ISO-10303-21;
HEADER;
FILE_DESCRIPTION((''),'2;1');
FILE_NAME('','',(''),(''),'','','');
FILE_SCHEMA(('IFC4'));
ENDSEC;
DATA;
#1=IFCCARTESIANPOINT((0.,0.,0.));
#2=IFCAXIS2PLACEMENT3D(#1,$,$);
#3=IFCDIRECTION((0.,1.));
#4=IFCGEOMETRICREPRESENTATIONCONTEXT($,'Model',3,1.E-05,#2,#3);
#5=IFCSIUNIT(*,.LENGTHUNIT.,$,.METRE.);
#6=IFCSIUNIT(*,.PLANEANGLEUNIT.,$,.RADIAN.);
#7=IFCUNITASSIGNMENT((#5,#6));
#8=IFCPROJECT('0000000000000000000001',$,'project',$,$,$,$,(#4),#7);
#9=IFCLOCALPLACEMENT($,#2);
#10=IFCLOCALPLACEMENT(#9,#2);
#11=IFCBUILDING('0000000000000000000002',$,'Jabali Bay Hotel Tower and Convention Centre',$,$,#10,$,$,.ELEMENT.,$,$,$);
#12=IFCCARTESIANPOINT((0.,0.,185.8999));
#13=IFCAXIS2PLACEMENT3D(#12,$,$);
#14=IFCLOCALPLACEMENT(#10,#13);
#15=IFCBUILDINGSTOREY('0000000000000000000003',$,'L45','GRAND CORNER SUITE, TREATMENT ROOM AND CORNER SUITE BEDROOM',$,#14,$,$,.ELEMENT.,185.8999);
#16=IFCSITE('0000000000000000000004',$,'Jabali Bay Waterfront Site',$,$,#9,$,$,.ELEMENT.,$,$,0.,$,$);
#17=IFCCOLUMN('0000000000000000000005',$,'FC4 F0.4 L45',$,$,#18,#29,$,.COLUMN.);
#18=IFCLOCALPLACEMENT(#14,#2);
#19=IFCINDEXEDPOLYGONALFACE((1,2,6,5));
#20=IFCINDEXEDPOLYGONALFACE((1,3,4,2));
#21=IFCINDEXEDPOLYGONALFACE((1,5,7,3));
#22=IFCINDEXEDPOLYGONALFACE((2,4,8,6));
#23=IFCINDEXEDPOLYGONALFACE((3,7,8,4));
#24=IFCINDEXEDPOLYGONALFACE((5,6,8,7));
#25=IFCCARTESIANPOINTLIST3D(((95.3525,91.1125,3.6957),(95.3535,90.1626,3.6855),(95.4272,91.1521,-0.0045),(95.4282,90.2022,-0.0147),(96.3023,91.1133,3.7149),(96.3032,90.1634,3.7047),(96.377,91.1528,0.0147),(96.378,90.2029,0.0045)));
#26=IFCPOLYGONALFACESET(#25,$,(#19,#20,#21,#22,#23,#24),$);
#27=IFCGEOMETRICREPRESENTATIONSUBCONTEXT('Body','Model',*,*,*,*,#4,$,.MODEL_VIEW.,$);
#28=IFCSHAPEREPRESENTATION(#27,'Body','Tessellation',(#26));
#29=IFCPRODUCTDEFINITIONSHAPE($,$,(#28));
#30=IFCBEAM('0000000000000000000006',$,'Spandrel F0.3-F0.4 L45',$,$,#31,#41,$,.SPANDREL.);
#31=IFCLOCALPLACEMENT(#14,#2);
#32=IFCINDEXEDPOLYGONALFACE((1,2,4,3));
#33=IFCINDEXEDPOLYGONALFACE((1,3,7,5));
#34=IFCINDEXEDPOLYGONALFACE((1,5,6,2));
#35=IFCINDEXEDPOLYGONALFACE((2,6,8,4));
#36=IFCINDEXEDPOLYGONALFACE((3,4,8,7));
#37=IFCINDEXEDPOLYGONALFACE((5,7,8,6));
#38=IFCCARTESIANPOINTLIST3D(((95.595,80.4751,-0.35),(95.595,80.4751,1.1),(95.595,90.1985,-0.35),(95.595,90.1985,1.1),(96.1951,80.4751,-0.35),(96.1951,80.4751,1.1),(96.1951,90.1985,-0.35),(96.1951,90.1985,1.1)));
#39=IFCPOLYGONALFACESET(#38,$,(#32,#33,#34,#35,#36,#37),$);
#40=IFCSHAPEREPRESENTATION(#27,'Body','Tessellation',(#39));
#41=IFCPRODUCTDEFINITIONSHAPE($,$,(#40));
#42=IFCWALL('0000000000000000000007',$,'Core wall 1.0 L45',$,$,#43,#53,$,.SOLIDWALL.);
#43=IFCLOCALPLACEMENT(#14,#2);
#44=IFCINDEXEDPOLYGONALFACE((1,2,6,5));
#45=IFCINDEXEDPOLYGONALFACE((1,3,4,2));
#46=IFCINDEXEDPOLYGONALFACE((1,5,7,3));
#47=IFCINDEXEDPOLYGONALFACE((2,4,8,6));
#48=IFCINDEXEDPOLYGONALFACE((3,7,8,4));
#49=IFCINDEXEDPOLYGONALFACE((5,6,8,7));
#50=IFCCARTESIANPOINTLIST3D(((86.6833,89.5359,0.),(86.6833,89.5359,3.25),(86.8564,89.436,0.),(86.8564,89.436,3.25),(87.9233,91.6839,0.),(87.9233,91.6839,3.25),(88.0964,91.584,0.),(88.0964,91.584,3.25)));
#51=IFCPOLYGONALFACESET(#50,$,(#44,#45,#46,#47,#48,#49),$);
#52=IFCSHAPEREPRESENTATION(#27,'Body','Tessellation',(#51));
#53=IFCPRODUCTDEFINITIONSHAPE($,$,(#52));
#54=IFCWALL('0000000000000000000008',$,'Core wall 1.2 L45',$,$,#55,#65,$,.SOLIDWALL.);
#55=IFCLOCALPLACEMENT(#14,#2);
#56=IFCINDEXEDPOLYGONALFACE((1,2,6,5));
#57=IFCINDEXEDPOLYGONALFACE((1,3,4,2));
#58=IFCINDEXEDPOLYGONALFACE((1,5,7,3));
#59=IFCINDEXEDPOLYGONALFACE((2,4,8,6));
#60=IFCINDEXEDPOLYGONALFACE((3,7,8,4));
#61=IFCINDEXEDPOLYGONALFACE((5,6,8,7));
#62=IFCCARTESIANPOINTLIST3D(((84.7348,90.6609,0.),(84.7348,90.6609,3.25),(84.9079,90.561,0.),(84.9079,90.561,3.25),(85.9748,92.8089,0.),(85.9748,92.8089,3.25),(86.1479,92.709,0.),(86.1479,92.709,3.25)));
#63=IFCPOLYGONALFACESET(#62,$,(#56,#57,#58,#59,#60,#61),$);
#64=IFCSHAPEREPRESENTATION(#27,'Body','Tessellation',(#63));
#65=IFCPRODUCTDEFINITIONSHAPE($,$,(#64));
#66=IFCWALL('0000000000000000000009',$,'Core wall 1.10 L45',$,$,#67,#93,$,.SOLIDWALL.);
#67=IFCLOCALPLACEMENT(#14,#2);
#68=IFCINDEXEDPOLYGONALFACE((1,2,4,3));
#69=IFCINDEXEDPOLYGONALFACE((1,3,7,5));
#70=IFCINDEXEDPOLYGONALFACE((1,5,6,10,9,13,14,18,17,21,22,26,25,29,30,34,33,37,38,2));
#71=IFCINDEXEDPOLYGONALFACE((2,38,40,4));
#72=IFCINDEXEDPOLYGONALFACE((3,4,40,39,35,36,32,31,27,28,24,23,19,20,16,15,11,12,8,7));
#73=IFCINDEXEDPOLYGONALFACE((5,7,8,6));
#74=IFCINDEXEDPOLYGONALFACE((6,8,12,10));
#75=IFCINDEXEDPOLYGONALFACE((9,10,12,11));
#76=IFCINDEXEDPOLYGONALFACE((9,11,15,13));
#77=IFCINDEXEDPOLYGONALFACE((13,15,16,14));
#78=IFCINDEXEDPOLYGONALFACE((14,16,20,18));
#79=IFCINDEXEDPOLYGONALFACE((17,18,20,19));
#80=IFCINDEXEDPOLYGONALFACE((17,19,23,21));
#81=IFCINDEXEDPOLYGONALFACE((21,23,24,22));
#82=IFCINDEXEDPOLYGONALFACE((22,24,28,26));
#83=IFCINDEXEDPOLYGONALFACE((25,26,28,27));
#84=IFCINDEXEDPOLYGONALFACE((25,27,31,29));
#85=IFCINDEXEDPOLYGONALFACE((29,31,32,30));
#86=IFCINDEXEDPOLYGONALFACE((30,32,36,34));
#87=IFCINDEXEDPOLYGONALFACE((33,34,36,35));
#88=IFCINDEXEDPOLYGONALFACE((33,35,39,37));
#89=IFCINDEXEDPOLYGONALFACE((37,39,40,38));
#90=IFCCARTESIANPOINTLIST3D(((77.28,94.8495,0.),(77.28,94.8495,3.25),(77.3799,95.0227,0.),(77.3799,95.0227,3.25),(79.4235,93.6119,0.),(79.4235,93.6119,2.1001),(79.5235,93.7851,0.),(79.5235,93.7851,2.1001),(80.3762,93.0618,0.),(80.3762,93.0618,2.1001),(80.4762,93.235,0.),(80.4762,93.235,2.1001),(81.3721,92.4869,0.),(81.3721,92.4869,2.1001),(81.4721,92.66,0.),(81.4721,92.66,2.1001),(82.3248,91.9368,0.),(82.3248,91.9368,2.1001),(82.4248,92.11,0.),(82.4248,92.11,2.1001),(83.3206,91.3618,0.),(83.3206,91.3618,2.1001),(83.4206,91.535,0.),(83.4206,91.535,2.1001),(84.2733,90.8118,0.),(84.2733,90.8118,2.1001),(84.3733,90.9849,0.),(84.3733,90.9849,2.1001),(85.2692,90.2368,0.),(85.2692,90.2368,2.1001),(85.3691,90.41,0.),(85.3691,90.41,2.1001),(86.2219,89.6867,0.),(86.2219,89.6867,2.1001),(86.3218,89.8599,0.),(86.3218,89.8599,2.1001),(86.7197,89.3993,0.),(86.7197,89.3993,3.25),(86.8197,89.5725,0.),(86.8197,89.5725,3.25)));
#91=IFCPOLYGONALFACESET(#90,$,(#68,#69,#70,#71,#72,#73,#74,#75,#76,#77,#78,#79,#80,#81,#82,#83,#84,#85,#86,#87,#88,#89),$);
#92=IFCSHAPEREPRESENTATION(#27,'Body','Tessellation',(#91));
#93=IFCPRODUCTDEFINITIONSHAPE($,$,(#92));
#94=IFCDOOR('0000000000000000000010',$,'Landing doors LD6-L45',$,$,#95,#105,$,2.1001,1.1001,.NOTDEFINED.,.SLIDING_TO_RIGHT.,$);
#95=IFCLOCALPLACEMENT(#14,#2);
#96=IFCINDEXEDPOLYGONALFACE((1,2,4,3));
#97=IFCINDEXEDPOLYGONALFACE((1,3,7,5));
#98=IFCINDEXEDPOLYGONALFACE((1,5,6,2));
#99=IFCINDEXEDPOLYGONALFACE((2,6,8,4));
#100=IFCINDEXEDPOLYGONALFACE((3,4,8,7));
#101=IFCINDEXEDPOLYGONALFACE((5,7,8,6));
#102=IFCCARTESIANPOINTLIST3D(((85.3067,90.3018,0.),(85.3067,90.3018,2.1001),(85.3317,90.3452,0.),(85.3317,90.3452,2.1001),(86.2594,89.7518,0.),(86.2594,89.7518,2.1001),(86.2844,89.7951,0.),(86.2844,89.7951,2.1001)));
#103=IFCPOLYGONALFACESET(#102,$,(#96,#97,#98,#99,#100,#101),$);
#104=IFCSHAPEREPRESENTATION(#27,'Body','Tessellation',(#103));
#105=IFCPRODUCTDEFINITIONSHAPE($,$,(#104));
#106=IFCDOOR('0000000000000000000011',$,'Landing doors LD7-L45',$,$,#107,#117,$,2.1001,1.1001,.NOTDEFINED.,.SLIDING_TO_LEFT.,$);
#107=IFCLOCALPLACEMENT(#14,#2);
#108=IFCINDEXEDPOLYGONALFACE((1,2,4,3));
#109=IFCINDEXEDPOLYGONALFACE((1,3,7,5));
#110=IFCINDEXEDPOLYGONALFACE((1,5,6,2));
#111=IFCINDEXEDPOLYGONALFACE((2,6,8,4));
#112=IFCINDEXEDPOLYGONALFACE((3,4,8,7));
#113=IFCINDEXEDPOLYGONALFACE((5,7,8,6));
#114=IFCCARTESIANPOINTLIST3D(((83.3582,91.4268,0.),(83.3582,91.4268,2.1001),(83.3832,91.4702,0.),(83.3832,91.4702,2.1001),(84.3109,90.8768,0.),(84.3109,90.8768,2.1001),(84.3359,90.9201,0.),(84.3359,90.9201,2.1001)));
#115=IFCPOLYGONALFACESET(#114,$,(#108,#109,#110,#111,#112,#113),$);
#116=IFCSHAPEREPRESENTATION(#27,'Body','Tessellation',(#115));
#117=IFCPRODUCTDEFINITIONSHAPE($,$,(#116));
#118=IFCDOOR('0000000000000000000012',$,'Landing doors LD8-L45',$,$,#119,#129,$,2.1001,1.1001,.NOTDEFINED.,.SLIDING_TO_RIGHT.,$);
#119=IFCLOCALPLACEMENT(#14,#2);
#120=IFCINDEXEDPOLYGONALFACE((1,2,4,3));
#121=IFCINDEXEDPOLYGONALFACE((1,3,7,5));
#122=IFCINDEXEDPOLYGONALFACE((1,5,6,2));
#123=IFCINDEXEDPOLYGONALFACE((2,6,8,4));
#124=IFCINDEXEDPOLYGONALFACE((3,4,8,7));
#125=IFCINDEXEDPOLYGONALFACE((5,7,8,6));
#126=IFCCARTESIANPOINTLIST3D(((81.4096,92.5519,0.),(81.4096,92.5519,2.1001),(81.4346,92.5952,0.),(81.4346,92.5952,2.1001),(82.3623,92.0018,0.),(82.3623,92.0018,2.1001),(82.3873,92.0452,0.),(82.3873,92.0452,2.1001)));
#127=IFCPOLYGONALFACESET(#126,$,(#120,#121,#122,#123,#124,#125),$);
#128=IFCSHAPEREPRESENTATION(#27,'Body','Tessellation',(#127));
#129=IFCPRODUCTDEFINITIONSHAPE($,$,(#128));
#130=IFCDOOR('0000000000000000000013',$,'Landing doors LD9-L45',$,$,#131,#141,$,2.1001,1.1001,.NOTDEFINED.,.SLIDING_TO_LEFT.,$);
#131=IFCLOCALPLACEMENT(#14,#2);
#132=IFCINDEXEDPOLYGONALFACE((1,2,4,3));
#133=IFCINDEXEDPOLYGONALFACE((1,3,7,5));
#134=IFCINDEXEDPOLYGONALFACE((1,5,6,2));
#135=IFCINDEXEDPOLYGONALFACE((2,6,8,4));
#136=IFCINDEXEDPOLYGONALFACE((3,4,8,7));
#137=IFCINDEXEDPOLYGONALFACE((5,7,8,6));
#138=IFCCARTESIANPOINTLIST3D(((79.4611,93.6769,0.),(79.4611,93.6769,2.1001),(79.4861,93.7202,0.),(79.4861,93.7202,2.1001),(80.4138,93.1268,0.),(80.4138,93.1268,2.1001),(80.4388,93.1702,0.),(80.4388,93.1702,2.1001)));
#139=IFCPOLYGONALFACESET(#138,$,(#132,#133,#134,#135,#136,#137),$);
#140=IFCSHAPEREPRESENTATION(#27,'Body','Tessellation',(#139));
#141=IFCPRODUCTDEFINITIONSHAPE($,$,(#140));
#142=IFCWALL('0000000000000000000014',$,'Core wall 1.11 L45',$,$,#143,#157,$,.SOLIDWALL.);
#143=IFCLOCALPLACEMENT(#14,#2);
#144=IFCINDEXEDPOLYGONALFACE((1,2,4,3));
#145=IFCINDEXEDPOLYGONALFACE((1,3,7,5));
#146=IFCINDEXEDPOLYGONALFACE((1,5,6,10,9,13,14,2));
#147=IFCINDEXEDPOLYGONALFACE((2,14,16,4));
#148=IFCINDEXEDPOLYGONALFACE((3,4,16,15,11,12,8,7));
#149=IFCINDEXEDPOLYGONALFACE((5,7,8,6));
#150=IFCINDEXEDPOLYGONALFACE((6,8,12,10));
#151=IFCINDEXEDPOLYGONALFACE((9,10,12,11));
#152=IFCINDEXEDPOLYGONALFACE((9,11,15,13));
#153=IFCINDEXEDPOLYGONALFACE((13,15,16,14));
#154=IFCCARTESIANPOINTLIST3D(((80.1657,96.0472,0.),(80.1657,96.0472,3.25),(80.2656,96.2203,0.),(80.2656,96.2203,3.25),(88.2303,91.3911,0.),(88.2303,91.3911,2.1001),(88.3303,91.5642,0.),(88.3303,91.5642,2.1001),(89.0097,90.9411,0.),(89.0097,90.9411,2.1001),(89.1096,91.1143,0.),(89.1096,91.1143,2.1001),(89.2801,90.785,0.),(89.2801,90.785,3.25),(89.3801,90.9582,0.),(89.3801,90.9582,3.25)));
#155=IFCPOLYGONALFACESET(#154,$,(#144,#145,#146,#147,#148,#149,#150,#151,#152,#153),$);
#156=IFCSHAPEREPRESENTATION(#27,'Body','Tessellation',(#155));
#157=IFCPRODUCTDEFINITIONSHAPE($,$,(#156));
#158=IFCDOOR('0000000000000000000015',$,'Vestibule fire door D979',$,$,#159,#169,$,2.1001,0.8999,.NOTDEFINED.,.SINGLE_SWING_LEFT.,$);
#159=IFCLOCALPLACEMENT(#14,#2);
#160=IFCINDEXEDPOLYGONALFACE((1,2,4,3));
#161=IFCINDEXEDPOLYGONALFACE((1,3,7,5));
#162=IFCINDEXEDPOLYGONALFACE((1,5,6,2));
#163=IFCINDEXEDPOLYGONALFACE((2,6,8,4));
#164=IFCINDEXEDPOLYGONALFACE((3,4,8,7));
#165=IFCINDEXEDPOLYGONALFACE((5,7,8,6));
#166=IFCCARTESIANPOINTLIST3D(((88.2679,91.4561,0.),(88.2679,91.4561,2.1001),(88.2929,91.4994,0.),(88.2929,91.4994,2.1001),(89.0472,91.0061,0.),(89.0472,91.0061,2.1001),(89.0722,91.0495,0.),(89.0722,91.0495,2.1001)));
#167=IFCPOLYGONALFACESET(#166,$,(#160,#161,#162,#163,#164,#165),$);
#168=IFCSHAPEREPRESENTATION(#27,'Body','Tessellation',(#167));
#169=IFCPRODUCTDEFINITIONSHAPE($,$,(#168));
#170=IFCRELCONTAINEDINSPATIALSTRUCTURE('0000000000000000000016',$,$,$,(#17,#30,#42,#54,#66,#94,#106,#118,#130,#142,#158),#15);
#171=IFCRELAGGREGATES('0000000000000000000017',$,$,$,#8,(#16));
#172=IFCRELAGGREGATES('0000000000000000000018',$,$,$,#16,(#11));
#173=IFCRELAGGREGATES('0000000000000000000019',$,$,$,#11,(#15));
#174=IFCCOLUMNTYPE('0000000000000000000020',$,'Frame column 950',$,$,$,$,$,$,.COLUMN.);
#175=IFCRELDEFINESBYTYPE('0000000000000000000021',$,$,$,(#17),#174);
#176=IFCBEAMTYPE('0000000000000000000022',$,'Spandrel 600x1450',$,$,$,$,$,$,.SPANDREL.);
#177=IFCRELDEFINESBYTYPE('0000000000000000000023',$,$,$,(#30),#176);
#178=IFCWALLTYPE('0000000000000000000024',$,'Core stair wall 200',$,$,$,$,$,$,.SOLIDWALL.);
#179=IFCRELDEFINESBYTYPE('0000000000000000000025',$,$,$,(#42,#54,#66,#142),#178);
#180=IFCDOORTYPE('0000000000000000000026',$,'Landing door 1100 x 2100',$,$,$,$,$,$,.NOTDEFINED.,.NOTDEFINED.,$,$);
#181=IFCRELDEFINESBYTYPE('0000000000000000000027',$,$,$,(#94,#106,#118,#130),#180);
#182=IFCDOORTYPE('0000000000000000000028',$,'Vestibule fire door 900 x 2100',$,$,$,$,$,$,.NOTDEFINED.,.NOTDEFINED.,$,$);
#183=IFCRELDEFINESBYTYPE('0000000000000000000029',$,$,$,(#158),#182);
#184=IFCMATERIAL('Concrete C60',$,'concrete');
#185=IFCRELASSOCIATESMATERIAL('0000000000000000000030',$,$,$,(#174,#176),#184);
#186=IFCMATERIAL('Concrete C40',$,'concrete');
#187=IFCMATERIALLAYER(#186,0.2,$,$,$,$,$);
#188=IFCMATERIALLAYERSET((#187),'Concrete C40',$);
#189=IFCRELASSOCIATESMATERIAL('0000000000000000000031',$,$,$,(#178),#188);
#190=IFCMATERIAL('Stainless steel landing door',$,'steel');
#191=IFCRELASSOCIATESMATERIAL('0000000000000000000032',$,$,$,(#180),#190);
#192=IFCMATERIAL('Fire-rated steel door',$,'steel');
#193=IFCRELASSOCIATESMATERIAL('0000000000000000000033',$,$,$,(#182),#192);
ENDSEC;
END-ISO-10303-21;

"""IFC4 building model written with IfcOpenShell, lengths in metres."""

from ifc_helpers import new_model, si_unit, direction, frame, frame_2d, origin, origin_2d, place, context, subcontext, project, spatial, rectangle, extrude, material, layer, layer_set, material_profile, profile_set, type_object, element, fill, save


model = new_model("IFC4")

# Units and contexts
model_context = context("Model", 3, precision=1e-05, world=origin(), true_north=direction((0.0, 1.0)))
body_context = subcontext(model_context, "Body", "Model", "MODEL_VIEW")
ifc_project = project(units=[si_unit("LENGTHUNIT", "METRE"), si_unit("PLANEANGLEUNIT", "RADIAN")], contexts=[model_context])

# Site, building, storey
site_placement = place(None, origin())
site = spatial("IfcSite", under=ifc_project, at=site_placement, Name="Jabali Bay Waterfront Site", CompositionType="ELEMENT", RefElevation=0.0)
building_placement = place(site_placement, origin())
building = spatial("IfcBuilding", under=site, at=building_placement, Name="Jabali Bay Hotel Tower and Convention Centre", CompositionType="ELEMENT")
storey_placement = place(building_placement, frame((0.0, 0.0, 185.8999)))
storey = spatial("IfcBuildingStorey", under=building, at=storey_placement, Name="L45", Description="GRAND CORNER SUITE, TREATMENT ROOM AND CORNER SUITE BEDROOM", CompositionType="ELEMENT", Elevation=185.8999)

# Column
ifc_material_1 = material(Name="Concrete C60", Category="concrete")
ifc_material_profile_1 = material_profile(ifc_material_1, rectangle(XDim=0.95, YDim=0.95, at=origin_2d()), Name="Frame column 950")
ifc_profile_set_1 = profile_set([ifc_material_profile_1], Name="Concrete C60")
column_type = type_object("IfcColumnType", Name="Frame column 950", PredefinedType="COLUMN", material=ifc_profile_set_1)
column_placement = place(storey_placement, frame((95.9026, 90.6775, 0.0), z_axis=(-0.020185, -0.010686, 0.999739), x_axis=(0.999796, 0.000808, 0.020195)))
element("IfcColumn", 1, at=column_placement, inside=storey, type_object=column_type, Name="FC4 F0.4 L45", PredefinedType="COLUMN", context=body_context, shape_type="SweptSolid", body=[
    extrude(rectangle(XDim=0.95, YDim=0.95, at=origin_2d()), origin(), (0.0, 0.0, 1.0), 3.7012),
])

# Beam
ifc_material_profile_2 = material_profile(ifc_material_1, rectangle(XDim=0.6001, YDim=1.45, at=origin_2d()), Name="Spandrel 600x1450")
ifc_profile_set_2 = profile_set([ifc_material_profile_2], Name="Concrete C60")
beam_type = type_object("IfcBeamType", Name="Spandrel 600x1450", PredefinedType="SPANDREL", material=ifc_profile_set_2)
beam_placement = place(storey_placement, frame((95.895, 80.4751, 0.375), z_axis=(0.0, 1.0, 0.0), x_axis=(-1.0, 0.0, 0.0)))
element("IfcBeam", 2, at=beam_placement, inside=storey, type_object=beam_type, Name="Spandrel F0.3-F0.4 L45", PredefinedType="SPANDREL", context=body_context, shape_type="SweptSolid", body=[
    extrude(rectangle(XDim=0.6001, YDim=1.45, at=origin_2d()), origin(), (0.0, 0.0, 1.0), 9.7234),
])

# Walls
ifc_material_2 = material(Name="Concrete C40", Category="concrete")
ifc_layer_1 = layer(ifc_material_2, 0.2)
ifc_layer_set_1 = layer_set([ifc_layer_1], Name="Concrete C40")
wall_type_1 = type_object("IfcWallType", Name="Core stair wall 200", PredefinedType="SOLIDWALL", material=ifc_layer_set_1)
for number, where, z_axis, x_axis, name in (
    (3, (86.7698, 89.4858, 0.0), (0.0, 0.0, 1.0), (0.499961, 0.866048, 0.0), "Core wall 1.0 L45"),
    (4, (84.8213, 90.6108, 0.0), (0.0, 0.0, 1.0), (0.499961, 0.866048, 0.0), "Core wall 1.2 L45"),
):
    element("IfcWall", number, at=place(storey_placement, frame(where, z_axis=z_axis, x_axis=x_axis)), inside=storey, type_object=wall_type_1, Name=name, PredefinedType="SOLIDWALL", context=body_context, shape_type="SweptSolid", body=[
        extrude(rectangle(XDim=2.4802, YDim=0.2, at=frame_2d((1.2402, 0.0))), origin(), (0.0, 0.0, 1.0), 3.25),
    ])

# Wall, openings, doors
wall_1_placement = place(storey_placement, frame((86.7698, 89.4858, 0.0), z_axis=(0.0, 0.0, 1.0), x_axis=(-0.866018, 0.500013, 0.0)))
wall_1 = element("IfcWall", 5, at=wall_1_placement, inside=storey, type_object=wall_type_1, Name="Core wall 1.10 L45", PredefinedType="SOLIDWALL", context=body_context, shape_type="SweptSolid", body=[
    extrude(rectangle(XDim=10.9001, YDim=0.2, at=frame_2d((5.4502, 0.0))), origin(), (0.0, 0.0, 1.0), 3.25),
])
opening_1_placement = place(wall_1_placement, frame((0.575, 0.0, 0.0)))
opening_1 = element("IfcOpeningElement", 6, at=opening_1_placement, cuts=wall_1, PredefinedType="OPENING", context=body_context, shape_type="SweptSolid", body=[
    extrude(rectangle(XDim=1.1001, YDim=2.1001, at=frame_2d((0.55, 1.05))), frame((0.0, 0.1104, 0.0), z_axis=(0.0, -1.0, 0.0), x_axis=(1.0, 0.0, 0.0)), (0.0, 0.0, 1.0), 0.2209),
])
opening_2_placement = place(wall_1_placement, frame((2.825, 0.0, 0.0)))
opening_2 = element("IfcOpeningElement", 7, at=opening_2_placement, cuts=wall_1, PredefinedType="OPENING", context=body_context, shape_type="SweptSolid", body=[
    extrude(rectangle(XDim=1.1001, YDim=2.1001, at=frame_2d((0.55, 1.05))), frame((0.0, 0.1104, 0.0), z_axis=(0.0, -1.0, 0.0), x_axis=(1.0, 0.0, 0.0)), (0.0, 0.0, 1.0), 0.2209),
])
opening_3_placement = place(wall_1_placement, frame((5.075, 0.0, 0.0)))
opening_3 = element("IfcOpeningElement", 8, at=opening_3_placement, cuts=wall_1, PredefinedType="OPENING", context=body_context, shape_type="SweptSolid", body=[
    extrude(rectangle(XDim=1.1001, YDim=2.1001, at=frame_2d((0.55, 1.05))), frame((0.0, 0.1104, 0.0), z_axis=(0.0, -1.0, 0.0), x_axis=(1.0, 0.0, 0.0)), (0.0, 0.0, 1.0), 0.2209),
])
opening_4_placement = place(wall_1_placement, frame((7.325, 0.0, 0.0)))
opening_4 = element("IfcOpeningElement", 9, at=opening_4_placement, cuts=wall_1, PredefinedType="OPENING", context=body_context, shape_type="SweptSolid", body=[
    extrude(rectangle(XDim=1.1001, YDim=2.1001, at=frame_2d((0.55, 1.05))), frame((0.0, 0.1104, 0.0), z_axis=(0.0, -1.0, 0.0), x_axis=(1.0, 0.0, 0.0)), (0.0, 0.0, 1.0), 0.2209),
])
ifc_material_3 = material(Name="Stainless steel landing door", Category="steel")
door_type_1 = type_object("IfcDoorType", Name="Landing door 1100 x 2100", OperationType="NOTDEFINED", PredefinedType="NOTDEFINED", material=ifc_material_3)
door_1_placement = place(opening_1_placement, origin())
door_1 = element("IfcDoor", 10, at=door_1_placement, inside=storey, type_object=door_type_1, Name="Landing doors LD6-L45", OperationType="SLIDING_TO_RIGHT", OverallHeight=2.1001, OverallWidth=1.1001, PredefinedType="NOTDEFINED", context=body_context, shape_type="SweptSolid", body=[
    extrude(rectangle(XDim=1.1001, YDim=2.1001, at=frame_2d((0.55, 1.05))), frame((0.0, 0.0249, 0.0), z_axis=(0.0, -1.0, 0.0), x_axis=(1.0, 0.0, 0.0)), (0.0, 0.0, 1.0), 0.05),
])
fill(opening_1, door_1)
door_2_placement = place(opening_2_placement, origin())
door_2 = element("IfcDoor", 11, at=door_2_placement, inside=storey, type_object=door_type_1, Name="Landing doors LD7-L45", OperationType="SLIDING_TO_LEFT", OverallHeight=2.1001, OverallWidth=1.1001, PredefinedType="NOTDEFINED", context=body_context, shape_type="SweptSolid", body=[
    extrude(rectangle(XDim=1.1001, YDim=2.1001, at=frame_2d((0.55, 1.05))), frame((0.0, 0.0249, 0.0), z_axis=(0.0, -1.0, 0.0), x_axis=(1.0, 0.0, 0.0)), (0.0, 0.0, 1.0), 0.05),
])
fill(opening_2, door_2)
door_3_placement = place(opening_3_placement, origin())
door_3 = element("IfcDoor", 12, at=door_3_placement, inside=storey, type_object=door_type_1, Name="Landing doors LD8-L45", OperationType="SLIDING_TO_RIGHT", OverallHeight=2.1001, OverallWidth=1.1001, PredefinedType="NOTDEFINED", context=body_context, shape_type="SweptSolid", body=[
    extrude(rectangle(XDim=1.1001, YDim=2.1001, at=frame_2d((0.55, 1.05))), frame((0.0, 0.0249, 0.0), z_axis=(0.0, -1.0, 0.0), x_axis=(1.0, 0.0, 0.0)), (0.0, 0.0, 1.0), 0.05),
])
fill(opening_3, door_3)
door_4_placement = place(opening_4_placement, origin())
door_4 = element("IfcDoor", 13, at=door_4_placement, inside=storey, type_object=door_type_1, Name="Landing doors LD9-L45", OperationType="SLIDING_TO_LEFT", OverallHeight=2.1001, OverallWidth=1.1001, PredefinedType="NOTDEFINED", context=body_context, shape_type="SweptSolid", body=[
    extrude(rectangle(XDim=1.1001, YDim=2.1001, at=frame_2d((0.55, 1.05))), frame((0.0, 0.0249, 0.0), z_axis=(0.0, -1.0, 0.0), x_axis=(1.0, 0.0, 0.0)), (0.0, 0.0, 1.0), 0.05),
])
fill(opening_4, door_4)

# Wall, opening, door
wall_2_placement = place(storey_placement, frame((89.3301, 90.8716, 0.0), z_axis=(0.0, 0.0, 1.0), x_axis=(-0.866028, 0.499996, 0.0)))
wall_2 = element("IfcWall", 14, at=wall_2_placement, inside=storey, type_object=wall_type_1, Name="Core wall 1.11 L45", PredefinedType="SOLIDWALL", context=body_context, shape_type="SweptSolid", body=[
    extrude(rectangle(XDim=10.5244, YDim=0.2, at=frame_2d((5.2622, 0.0))), origin(), (0.0, 0.0, 1.0), 3.25),
])
opening_5_placement = place(wall_2_placement, frame((0.3123, 0.0, 0.0)))
opening_5 = element("IfcOpeningElement", 15, at=opening_5_placement, cuts=wall_2, PredefinedType="OPENING", context=body_context, shape_type="SweptSolid", body=[
    extrude(rectangle(XDim=0.8999, YDim=2.1001, at=frame_2d((0.45, 1.05))), frame((0.0, 0.1104, 0.0), z_axis=(0.0, -1.0, 0.0), x_axis=(1.0, 0.0, 0.0)), (0.0, 0.0, 1.0), 0.2209),
])
ifc_material_4 = material(Name="Fire-rated steel door", Category="steel")
door_type_2 = type_object("IfcDoorType", Name="Vestibule fire door 900 x 2100", OperationType="NOTDEFINED", PredefinedType="NOTDEFINED", material=ifc_material_4)
door_5_placement = place(opening_5_placement, origin())
door_5 = element("IfcDoor", 16, at=door_5_placement, inside=storey, type_object=door_type_2, Name="Vestibule fire door D979", OperationType="SINGLE_SWING_LEFT", OverallHeight=2.1001, OverallWidth=0.8999, PredefinedType="NOTDEFINED", context=body_context, shape_type="SweptSolid", body=[
    extrude(rectangle(XDim=0.8999, YDim=2.1001, at=frame_2d((0.45, 1.05))), frame((0.0, 0.0249, 0.0), z_axis=(0.0, -1.0, 0.0), x_axis=(1.0, 0.0, 0.0)), (0.0, 0.0, 1.0), 0.05),
])
fill(opening_5, door_5)

save(model, "model.ifc")
